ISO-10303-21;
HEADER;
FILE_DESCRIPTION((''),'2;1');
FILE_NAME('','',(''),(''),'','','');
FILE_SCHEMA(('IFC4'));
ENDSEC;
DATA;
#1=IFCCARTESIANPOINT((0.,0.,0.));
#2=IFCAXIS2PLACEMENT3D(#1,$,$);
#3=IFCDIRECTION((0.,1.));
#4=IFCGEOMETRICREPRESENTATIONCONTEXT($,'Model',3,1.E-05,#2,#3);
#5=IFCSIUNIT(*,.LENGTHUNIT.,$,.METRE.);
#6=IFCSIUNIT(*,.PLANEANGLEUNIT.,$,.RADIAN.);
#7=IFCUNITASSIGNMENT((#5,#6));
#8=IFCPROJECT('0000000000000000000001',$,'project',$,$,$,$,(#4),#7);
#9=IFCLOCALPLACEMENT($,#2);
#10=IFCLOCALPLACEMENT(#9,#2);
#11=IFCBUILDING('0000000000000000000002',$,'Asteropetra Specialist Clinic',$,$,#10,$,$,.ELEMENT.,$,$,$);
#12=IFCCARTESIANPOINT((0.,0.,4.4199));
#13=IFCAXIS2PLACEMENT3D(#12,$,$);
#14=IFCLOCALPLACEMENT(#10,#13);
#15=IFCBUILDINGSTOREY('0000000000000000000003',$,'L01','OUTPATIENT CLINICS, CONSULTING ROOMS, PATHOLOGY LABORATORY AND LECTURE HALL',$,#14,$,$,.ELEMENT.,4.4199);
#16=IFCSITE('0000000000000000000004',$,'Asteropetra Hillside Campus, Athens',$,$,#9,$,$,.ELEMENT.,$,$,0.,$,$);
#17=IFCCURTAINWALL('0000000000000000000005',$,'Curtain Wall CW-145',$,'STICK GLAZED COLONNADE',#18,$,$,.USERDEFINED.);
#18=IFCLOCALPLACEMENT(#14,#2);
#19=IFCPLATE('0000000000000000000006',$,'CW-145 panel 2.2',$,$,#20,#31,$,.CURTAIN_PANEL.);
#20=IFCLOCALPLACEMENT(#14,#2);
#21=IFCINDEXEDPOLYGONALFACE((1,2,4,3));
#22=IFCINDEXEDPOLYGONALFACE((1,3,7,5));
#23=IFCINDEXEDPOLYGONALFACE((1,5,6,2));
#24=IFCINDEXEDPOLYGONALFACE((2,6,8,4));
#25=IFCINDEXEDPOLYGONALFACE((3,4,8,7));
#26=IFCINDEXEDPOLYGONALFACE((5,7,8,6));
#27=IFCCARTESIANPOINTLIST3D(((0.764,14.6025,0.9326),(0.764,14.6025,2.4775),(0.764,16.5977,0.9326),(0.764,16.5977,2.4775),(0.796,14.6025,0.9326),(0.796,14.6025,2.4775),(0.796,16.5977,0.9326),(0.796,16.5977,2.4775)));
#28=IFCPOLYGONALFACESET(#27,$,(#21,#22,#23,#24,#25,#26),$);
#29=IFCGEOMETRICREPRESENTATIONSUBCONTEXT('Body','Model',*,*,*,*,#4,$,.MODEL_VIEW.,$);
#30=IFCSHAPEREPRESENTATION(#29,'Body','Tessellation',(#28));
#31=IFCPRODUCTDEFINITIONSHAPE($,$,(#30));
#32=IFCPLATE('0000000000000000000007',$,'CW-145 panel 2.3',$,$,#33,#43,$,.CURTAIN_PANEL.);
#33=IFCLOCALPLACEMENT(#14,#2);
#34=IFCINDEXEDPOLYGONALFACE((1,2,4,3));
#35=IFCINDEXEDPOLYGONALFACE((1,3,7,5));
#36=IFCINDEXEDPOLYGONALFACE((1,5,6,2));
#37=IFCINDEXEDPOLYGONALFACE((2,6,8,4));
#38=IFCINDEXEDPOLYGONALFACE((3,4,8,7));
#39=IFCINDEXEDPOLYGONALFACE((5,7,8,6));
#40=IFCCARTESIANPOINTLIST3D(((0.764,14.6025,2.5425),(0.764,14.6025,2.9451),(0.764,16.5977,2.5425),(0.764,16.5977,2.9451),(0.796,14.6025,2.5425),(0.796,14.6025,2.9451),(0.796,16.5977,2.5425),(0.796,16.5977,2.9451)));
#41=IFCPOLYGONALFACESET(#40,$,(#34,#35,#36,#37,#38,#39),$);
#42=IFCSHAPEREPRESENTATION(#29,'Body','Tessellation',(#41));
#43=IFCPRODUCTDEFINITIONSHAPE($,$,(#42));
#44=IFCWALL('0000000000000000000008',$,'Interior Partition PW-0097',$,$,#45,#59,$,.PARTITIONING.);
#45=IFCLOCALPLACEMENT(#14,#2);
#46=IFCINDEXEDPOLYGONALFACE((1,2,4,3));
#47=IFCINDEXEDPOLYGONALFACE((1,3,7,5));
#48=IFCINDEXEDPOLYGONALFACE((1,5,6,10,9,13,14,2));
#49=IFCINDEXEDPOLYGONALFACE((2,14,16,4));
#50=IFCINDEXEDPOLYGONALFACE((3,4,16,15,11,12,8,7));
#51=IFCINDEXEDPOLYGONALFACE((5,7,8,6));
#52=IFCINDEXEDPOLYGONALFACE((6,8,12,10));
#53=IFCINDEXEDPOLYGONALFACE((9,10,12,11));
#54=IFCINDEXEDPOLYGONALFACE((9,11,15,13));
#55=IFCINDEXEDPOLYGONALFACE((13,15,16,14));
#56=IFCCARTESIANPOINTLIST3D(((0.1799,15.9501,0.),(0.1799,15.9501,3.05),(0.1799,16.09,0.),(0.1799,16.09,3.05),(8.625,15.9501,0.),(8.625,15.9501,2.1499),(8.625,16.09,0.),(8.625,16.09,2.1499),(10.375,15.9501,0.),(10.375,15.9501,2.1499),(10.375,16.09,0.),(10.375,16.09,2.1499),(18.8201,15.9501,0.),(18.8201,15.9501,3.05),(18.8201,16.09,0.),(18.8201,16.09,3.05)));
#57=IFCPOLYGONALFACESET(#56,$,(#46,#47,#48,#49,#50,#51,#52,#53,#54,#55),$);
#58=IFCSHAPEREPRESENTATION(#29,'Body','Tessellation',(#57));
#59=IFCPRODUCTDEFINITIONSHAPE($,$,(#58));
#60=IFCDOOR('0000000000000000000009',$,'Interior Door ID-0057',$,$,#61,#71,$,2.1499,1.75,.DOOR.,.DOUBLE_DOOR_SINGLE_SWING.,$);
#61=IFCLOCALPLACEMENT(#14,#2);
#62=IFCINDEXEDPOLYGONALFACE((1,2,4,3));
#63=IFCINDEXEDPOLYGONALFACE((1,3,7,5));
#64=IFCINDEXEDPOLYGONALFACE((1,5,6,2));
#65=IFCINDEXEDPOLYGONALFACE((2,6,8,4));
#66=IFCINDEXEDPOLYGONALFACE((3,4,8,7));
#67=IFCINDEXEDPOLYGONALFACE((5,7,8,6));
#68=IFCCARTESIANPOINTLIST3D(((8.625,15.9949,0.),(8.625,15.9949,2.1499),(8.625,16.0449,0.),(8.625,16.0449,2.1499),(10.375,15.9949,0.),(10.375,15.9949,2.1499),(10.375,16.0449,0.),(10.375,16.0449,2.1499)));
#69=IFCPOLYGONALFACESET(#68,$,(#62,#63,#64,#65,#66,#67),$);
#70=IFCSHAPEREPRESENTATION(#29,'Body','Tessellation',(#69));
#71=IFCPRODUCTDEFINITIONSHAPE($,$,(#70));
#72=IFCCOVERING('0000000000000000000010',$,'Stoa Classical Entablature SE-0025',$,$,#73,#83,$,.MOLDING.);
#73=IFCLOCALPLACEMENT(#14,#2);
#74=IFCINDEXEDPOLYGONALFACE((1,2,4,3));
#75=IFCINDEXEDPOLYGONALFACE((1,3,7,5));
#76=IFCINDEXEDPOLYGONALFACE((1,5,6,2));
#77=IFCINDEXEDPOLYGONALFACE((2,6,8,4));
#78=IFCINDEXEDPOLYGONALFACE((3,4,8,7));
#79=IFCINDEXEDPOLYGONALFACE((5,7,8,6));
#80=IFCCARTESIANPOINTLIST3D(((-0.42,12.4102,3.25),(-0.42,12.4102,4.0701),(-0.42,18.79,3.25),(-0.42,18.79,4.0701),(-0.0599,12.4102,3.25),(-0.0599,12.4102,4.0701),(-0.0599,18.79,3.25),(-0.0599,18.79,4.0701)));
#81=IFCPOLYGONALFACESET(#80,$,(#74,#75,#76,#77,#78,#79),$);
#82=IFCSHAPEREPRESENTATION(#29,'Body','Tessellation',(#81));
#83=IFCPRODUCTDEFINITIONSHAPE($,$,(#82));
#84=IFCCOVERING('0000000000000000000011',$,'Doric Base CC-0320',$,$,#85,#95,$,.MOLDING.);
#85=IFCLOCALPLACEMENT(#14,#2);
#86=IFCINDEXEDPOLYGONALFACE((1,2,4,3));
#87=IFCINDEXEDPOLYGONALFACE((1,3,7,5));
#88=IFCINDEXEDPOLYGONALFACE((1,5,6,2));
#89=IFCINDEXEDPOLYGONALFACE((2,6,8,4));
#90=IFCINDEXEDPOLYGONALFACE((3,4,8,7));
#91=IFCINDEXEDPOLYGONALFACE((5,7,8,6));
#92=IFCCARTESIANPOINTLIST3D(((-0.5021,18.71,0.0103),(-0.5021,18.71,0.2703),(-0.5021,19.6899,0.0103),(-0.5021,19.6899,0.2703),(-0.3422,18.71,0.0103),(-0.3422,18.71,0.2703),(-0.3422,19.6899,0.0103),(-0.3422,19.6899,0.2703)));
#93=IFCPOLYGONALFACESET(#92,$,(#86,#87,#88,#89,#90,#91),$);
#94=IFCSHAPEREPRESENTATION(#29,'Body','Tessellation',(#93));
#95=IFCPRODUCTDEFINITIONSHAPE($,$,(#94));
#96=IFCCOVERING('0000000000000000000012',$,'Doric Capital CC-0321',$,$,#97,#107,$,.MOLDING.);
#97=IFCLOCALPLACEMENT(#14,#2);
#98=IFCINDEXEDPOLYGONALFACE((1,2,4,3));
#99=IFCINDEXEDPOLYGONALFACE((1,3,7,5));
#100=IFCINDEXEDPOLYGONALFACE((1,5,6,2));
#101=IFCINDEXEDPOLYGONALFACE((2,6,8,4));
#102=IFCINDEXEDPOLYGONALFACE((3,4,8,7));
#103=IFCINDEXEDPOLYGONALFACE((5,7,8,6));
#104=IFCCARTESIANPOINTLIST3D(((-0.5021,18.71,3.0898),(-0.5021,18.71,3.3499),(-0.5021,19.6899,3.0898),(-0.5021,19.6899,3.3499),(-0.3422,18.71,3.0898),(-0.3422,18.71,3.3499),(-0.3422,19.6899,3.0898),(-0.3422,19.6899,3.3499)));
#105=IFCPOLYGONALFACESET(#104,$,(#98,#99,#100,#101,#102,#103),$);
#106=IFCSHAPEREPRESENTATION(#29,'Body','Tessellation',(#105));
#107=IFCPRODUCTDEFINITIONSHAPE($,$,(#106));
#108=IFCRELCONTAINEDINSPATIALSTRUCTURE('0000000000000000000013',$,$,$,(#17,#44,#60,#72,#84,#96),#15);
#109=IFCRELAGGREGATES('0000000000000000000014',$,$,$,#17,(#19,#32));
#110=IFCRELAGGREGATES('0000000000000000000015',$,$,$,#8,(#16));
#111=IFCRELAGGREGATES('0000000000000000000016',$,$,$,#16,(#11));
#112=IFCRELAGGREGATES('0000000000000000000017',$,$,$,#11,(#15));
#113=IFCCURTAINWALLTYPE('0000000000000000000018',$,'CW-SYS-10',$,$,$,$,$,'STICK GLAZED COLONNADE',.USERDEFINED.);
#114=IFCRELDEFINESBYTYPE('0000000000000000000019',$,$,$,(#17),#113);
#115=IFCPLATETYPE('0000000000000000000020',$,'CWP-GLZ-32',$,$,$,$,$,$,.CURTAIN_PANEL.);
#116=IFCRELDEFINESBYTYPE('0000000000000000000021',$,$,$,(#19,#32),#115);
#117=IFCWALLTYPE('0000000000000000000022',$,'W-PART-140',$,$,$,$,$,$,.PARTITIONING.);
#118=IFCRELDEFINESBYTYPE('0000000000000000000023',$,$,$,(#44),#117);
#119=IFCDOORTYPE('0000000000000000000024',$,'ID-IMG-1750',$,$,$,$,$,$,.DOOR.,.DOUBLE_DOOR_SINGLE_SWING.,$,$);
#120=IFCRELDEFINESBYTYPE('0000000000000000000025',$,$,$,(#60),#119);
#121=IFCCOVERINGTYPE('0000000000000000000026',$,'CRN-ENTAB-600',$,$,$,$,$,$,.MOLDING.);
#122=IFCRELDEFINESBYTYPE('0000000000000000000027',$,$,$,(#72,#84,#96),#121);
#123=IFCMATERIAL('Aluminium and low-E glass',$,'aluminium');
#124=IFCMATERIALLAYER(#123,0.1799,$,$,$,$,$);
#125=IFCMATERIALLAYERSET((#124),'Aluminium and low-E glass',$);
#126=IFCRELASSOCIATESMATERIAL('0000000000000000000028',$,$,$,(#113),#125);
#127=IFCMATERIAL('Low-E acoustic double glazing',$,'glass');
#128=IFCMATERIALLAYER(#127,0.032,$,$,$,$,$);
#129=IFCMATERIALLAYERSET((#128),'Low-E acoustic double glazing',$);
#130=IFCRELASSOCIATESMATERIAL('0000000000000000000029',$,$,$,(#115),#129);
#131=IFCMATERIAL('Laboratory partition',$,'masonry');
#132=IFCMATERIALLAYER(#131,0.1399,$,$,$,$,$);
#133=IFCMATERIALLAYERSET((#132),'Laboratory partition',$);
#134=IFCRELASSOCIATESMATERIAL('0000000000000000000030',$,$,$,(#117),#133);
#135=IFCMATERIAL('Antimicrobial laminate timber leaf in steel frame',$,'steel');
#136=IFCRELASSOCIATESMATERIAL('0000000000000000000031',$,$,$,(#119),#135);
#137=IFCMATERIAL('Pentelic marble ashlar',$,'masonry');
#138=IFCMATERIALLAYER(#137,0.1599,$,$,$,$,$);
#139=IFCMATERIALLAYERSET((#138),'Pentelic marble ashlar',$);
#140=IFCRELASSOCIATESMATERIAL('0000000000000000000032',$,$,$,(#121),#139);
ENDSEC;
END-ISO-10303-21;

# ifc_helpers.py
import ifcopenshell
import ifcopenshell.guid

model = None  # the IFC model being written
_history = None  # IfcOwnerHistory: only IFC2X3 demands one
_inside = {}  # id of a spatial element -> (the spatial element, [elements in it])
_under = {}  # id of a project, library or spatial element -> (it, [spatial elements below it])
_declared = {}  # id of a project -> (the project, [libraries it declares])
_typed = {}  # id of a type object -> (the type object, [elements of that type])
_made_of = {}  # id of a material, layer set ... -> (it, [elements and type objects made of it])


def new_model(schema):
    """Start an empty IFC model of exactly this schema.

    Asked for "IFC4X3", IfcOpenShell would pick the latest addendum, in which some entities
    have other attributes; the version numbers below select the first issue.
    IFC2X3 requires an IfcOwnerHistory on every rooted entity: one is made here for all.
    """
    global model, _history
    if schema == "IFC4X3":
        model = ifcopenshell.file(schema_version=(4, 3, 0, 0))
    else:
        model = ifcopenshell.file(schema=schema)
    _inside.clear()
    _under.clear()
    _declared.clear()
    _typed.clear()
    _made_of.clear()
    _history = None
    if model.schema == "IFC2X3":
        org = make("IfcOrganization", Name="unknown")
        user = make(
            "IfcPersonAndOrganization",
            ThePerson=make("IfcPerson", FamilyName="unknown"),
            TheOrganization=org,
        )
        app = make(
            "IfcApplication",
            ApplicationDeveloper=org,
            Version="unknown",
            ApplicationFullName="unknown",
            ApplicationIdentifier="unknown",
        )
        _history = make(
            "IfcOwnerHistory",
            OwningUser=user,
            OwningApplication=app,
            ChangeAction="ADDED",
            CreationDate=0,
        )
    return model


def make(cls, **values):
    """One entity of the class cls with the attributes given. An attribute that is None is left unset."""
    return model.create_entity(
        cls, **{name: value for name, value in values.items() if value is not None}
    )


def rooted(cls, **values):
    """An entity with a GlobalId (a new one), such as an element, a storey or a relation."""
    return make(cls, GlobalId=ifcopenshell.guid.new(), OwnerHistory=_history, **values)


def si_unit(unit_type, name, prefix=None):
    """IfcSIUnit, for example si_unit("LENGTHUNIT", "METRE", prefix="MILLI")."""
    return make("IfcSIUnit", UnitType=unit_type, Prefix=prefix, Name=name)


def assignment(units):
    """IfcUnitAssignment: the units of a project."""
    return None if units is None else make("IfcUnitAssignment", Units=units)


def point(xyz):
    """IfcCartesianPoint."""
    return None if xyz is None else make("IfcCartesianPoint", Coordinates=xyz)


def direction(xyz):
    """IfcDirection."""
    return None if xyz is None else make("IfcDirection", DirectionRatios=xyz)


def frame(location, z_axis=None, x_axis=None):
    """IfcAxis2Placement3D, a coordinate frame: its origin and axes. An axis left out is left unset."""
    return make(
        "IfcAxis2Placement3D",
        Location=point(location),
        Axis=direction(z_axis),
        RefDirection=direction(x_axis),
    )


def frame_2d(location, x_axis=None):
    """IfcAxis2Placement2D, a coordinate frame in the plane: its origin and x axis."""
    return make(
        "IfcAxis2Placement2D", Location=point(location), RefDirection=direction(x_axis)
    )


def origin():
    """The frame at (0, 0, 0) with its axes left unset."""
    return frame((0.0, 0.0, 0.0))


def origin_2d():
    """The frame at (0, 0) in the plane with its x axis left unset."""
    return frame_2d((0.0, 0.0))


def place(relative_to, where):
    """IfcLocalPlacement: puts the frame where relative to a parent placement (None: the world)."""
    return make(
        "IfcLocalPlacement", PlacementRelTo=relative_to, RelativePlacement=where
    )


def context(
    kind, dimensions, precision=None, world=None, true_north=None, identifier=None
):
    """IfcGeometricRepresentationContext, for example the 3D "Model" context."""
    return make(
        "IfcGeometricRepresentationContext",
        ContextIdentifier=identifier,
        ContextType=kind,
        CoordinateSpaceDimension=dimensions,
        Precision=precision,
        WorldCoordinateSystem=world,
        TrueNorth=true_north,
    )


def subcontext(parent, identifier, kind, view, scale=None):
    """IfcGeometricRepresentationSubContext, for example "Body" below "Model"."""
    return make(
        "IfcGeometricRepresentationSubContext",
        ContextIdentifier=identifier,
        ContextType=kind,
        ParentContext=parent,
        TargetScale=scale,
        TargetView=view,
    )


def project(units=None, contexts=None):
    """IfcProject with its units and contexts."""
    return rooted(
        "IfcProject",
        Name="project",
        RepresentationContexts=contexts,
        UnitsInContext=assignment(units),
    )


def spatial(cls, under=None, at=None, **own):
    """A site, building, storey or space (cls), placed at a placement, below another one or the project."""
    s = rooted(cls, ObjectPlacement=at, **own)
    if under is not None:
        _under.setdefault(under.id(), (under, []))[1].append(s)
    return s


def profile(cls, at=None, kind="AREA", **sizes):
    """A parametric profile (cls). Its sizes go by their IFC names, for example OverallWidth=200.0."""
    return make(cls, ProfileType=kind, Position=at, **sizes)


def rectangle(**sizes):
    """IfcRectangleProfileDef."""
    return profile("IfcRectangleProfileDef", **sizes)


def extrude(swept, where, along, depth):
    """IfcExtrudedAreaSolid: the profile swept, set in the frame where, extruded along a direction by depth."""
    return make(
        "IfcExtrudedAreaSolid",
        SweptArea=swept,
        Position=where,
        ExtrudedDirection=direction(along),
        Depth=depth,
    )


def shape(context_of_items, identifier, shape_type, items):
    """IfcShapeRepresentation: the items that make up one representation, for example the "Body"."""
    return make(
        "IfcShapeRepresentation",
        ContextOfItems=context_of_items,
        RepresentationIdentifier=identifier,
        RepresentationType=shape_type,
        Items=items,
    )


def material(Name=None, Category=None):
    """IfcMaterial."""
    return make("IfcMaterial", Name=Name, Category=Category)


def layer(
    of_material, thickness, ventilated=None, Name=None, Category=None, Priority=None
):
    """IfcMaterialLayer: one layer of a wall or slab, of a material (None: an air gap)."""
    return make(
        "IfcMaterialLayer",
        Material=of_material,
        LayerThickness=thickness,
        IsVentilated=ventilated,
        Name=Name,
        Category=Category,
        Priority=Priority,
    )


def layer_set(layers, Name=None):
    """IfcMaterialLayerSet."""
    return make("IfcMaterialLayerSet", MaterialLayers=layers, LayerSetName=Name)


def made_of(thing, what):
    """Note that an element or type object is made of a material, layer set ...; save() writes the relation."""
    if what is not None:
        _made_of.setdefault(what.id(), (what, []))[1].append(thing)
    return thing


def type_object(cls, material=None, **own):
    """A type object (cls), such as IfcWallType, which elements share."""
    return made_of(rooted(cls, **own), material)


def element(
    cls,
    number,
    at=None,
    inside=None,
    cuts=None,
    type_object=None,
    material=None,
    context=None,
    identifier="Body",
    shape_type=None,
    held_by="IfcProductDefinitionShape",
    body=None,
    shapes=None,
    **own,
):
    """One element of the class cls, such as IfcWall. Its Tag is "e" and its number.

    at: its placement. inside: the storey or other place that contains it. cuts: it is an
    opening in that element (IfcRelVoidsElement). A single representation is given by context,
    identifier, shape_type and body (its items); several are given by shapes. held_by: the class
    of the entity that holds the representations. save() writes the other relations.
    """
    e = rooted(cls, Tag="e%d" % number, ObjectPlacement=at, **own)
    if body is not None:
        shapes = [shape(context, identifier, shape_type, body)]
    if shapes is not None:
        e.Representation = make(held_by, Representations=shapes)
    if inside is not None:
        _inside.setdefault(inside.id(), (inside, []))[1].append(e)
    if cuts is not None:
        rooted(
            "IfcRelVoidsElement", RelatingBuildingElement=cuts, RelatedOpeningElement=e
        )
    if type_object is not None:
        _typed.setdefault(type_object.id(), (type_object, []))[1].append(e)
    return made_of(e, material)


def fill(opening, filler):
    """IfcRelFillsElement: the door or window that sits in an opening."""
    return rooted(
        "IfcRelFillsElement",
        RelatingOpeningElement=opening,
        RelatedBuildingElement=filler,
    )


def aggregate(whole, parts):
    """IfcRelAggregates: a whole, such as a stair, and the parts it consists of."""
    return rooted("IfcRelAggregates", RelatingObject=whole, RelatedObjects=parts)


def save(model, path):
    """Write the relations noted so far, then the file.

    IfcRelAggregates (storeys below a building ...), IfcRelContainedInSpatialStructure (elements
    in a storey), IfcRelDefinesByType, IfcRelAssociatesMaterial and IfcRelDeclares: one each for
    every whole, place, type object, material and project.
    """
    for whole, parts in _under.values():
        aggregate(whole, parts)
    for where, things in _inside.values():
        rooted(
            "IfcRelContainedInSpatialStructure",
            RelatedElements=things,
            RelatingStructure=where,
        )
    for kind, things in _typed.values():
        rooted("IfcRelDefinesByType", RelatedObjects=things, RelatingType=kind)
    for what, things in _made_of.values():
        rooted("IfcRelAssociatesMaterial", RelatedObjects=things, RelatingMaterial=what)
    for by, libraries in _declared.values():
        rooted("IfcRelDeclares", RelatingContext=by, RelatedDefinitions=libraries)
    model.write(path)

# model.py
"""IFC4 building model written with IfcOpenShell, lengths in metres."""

from ifc_helpers import new_model, si_unit, direction, frame, frame_2d, origin, origin_2d, place, context, subcontext, project, spatial, rectangle, extrude, material, layer, layer_set, type_object, element, fill, aggregate, save


model = new_model("IFC4")

# Units and contexts
model_context = context("Model", 3, precision=1e-05, world=origin(), true_north=direction((0.0, 1.0)))
body_context = subcontext(model_context, "Body", "Model", "MODEL_VIEW")
ifc_project = project(units=[si_unit("LENGTHUNIT", "METRE"), si_unit("PLANEANGLEUNIT", "RADIAN")], contexts=[model_context])

# Site, building, storey
site_placement = place(None, origin())
site = spatial("IfcSite", under=ifc_project, at=site_placement, Name="Asteropetra Hillside Campus, Athens", CompositionType="ELEMENT", RefElevation=0.0)
building_placement = place(site_placement, origin())
building = spatial("IfcBuilding", under=site, at=building_placement, Name="Asteropetra Specialist Clinic", CompositionType="ELEMENT")
storey_placement = place(building_placement, frame((0.0, 0.0, 4.4199)))
storey = spatial("IfcBuildingStorey", under=building, at=storey_placement, Name="L01", Description="OUTPATIENT CLINICS, CONSULTING ROOMS, PATHOLOGY LABORATORY AND LECTURE HALL", CompositionType="ELEMENT", Elevation=4.4199)

# Curtain wall, plates
ifc_material_1 = material(Name="Aluminium and low-E glass", Category="aluminium")
ifc_layer_1 = layer(ifc_material_1, 0.1799)
ifc_layer_set_1 = layer_set([ifc_layer_1], Name="Aluminium and low-E glass")
curtain_wall_type = type_object("IfcCurtainWallType", Name="CW-SYS-10", ElementType="STICK GLAZED COLONNADE", PredefinedType="USERDEFINED", material=ifc_layer_set_1)
curtain_wall_placement = place(storey_placement, origin())
curtain_wall = element("IfcCurtainWall", 1, at=curtain_wall_placement, inside=storey, type_object=curtain_wall_type, Name="Curtain Wall CW-145", ObjectType="STICK GLAZED COLONNADE", PredefinedType="USERDEFINED")
ifc_material_2 = material(Name="Low-E acoustic double glazing", Category="glass")
ifc_layer_2 = layer(ifc_material_2, 0.032)
ifc_layer_set_2 = layer_set([ifc_layer_2], Name="Low-E acoustic double glazing")
plate_type = type_object("IfcPlateType", Name="CWP-GLZ-32", PredefinedType="CURTAIN_PANEL", material=ifc_layer_set_2)
plate_1_placement = place(storey_placement, frame((0.78, 15.6001, 0.9326), z_axis=(0.0, 0.0, 1.0), x_axis=(0.0, -1.0, 0.0)))
plate_1 = element("IfcPlate", 2, at=plate_1_placement, type_object=plate_type, Name="CW-145 panel 2.2", PredefinedType="CURTAIN_PANEL", context=body_context, shape_type="SweptSolid", body=[
    extrude(rectangle(XDim=1.9951, YDim=0.032, at=origin_2d()), origin(), (0.0, 0.0, 1.0), 1.5449),
])
plate_2_placement = place(storey_placement, frame((0.78, 15.6001, 2.5425), z_axis=(0.0, 0.0, 1.0), x_axis=(0.0, -1.0, 0.0)))
plate_2 = element("IfcPlate", 3, at=plate_2_placement, type_object=plate_type, Name="CW-145 panel 2.3", PredefinedType="CURTAIN_PANEL", context=body_context, shape_type="SweptSolid", body=[
    extrude(rectangle(XDim=1.9951, YDim=0.032, at=origin_2d()), origin(), (0.0, 0.0, 1.0), 0.4026),
])
aggregate(curtain_wall, [plate_1, plate_2])

# Wall, opening, door
ifc_material_3 = material(Name="Laboratory partition", Category="masonry")
ifc_layer_3 = layer(ifc_material_3, 0.1399)
ifc_layer_set_3 = layer_set([ifc_layer_3], Name="Laboratory partition")
wall_type = type_object("IfcWallType", Name="W-PART-140", PredefinedType="PARTITIONING", material=ifc_layer_set_3)
wall_placement = place(storey_placement, frame((0.1799, 16.02, 0.0), z_axis=(0.0, 0.0, 1.0), x_axis=(1.0, 0.0, 0.0)))
wall = element("IfcWall", 4, at=wall_placement, inside=storey, type_object=wall_type, Name="Interior Partition PW-0097", PredefinedType="PARTITIONING", context=body_context, shape_type="SweptSolid", body=[
    extrude(rectangle(XDim=18.6401, YDim=0.1399, at=frame_2d((9.3201, 0.0))), origin(), (0.0, 0.0, 1.0), 3.05),
])
opening_placement = place(wall_placement, frame((8.4451, 0.0, 0.0)))
opening = element("IfcOpeningElement", 5, at=opening_placement, cuts=wall, PredefinedType="OPENING", context=body_context, shape_type="SweptSolid", body=[
    extrude(rectangle(XDim=1.75, YDim=2.1499, at=frame_2d((0.875, 1.075))), frame((0.0, 0.0798, 0.0), z_axis=(0.0, -1.0, 0.0), x_axis=(1.0, 0.0, 0.0)), (0.0, 0.0, 1.0), 0.1599),
])
ifc_material_4 = material(Name="Antimicrobial laminate timber leaf in steel frame", Category="steel")
door_type = type_object("IfcDoorType", Name="ID-IMG-1750", OperationType="DOUBLE_DOOR_SINGLE_SWING", PredefinedType="DOOR", material=ifc_material_4)
door_placement = place(opening_placement, origin())
door = element("IfcDoor", 6, at=door_placement, inside=storey, type_object=door_type, Name="Interior Door ID-0057", OperationType="DOUBLE_DOOR_SINGLE_SWING", OverallHeight=2.1499, OverallWidth=1.75, PredefinedType="DOOR", context=body_context, shape_type="SweptSolid", body=[
    extrude(rectangle(XDim=1.75, YDim=2.1499, at=frame_2d((0.875, 1.075))), frame((0.0, 0.0249, 0.0), z_axis=(0.0, -1.0, 0.0), x_axis=(1.0, 0.0, 0.0)), (0.0, 0.0, 1.0), 0.05),
])
fill(opening, door)

# Coverings
ifc_material_5 = material(Name="Pentelic marble ashlar", Category="masonry")
ifc_layer_4 = layer(ifc_material_5, 0.1599)
ifc_layer_set_4 = layer_set([ifc_layer_4], Name="Pentelic marble ashlar")
covering_type = type_object("IfcCoveringType", Name="CRN-ENTAB-600", PredefinedType="MOLDING", material=ifc_layer_set_4)
covering_placement = place(storey_placement, frame((-0.24, 15.6001, 3.25), z_axis=(0.0, 0.0, 1.0), x_axis=(1.0, 0.0, 0.0)))
element("IfcCovering", 7, at=covering_placement, inside=storey, type_object=covering_type, Name="Stoa Classical Entablature SE-0025", PredefinedType="MOLDING", context=body_context, shape_type="SweptSolid", body=[
    extrude(rectangle(XDim=0.3601, YDim=6.3799, at=origin_2d()), origin(), (0.0, 0.0, 1.0), 0.8201),
])
for number, where, z_axis, x_axis, name in (
    (8, (-0.4221, 19.2, 0.0103), (0.0, 0.0, 1.0), (1.0, 0.0, 0.0), "Doric Base CC-0320"),
    (9, (-0.4221, 19.2, 3.0898), (0.0, 0.0, 1.0), (1.0, 0.0, 0.0), "Doric Capital CC-0321"),
):
    element("IfcCovering", number, at=place(storey_placement, frame(where, z_axis=z_axis, x_axis=x_axis)), inside=storey, type_object=covering_type, Name=name, PredefinedType="MOLDING", context=body_context, shape_type="SweptSolid", body=[
        extrude(rectangle(XDim=0.1599, YDim=0.98, at=origin_2d()), origin(), (0.0, 0.0, 1.0), 0.26),
    ])

save(model, "model.ifc")
